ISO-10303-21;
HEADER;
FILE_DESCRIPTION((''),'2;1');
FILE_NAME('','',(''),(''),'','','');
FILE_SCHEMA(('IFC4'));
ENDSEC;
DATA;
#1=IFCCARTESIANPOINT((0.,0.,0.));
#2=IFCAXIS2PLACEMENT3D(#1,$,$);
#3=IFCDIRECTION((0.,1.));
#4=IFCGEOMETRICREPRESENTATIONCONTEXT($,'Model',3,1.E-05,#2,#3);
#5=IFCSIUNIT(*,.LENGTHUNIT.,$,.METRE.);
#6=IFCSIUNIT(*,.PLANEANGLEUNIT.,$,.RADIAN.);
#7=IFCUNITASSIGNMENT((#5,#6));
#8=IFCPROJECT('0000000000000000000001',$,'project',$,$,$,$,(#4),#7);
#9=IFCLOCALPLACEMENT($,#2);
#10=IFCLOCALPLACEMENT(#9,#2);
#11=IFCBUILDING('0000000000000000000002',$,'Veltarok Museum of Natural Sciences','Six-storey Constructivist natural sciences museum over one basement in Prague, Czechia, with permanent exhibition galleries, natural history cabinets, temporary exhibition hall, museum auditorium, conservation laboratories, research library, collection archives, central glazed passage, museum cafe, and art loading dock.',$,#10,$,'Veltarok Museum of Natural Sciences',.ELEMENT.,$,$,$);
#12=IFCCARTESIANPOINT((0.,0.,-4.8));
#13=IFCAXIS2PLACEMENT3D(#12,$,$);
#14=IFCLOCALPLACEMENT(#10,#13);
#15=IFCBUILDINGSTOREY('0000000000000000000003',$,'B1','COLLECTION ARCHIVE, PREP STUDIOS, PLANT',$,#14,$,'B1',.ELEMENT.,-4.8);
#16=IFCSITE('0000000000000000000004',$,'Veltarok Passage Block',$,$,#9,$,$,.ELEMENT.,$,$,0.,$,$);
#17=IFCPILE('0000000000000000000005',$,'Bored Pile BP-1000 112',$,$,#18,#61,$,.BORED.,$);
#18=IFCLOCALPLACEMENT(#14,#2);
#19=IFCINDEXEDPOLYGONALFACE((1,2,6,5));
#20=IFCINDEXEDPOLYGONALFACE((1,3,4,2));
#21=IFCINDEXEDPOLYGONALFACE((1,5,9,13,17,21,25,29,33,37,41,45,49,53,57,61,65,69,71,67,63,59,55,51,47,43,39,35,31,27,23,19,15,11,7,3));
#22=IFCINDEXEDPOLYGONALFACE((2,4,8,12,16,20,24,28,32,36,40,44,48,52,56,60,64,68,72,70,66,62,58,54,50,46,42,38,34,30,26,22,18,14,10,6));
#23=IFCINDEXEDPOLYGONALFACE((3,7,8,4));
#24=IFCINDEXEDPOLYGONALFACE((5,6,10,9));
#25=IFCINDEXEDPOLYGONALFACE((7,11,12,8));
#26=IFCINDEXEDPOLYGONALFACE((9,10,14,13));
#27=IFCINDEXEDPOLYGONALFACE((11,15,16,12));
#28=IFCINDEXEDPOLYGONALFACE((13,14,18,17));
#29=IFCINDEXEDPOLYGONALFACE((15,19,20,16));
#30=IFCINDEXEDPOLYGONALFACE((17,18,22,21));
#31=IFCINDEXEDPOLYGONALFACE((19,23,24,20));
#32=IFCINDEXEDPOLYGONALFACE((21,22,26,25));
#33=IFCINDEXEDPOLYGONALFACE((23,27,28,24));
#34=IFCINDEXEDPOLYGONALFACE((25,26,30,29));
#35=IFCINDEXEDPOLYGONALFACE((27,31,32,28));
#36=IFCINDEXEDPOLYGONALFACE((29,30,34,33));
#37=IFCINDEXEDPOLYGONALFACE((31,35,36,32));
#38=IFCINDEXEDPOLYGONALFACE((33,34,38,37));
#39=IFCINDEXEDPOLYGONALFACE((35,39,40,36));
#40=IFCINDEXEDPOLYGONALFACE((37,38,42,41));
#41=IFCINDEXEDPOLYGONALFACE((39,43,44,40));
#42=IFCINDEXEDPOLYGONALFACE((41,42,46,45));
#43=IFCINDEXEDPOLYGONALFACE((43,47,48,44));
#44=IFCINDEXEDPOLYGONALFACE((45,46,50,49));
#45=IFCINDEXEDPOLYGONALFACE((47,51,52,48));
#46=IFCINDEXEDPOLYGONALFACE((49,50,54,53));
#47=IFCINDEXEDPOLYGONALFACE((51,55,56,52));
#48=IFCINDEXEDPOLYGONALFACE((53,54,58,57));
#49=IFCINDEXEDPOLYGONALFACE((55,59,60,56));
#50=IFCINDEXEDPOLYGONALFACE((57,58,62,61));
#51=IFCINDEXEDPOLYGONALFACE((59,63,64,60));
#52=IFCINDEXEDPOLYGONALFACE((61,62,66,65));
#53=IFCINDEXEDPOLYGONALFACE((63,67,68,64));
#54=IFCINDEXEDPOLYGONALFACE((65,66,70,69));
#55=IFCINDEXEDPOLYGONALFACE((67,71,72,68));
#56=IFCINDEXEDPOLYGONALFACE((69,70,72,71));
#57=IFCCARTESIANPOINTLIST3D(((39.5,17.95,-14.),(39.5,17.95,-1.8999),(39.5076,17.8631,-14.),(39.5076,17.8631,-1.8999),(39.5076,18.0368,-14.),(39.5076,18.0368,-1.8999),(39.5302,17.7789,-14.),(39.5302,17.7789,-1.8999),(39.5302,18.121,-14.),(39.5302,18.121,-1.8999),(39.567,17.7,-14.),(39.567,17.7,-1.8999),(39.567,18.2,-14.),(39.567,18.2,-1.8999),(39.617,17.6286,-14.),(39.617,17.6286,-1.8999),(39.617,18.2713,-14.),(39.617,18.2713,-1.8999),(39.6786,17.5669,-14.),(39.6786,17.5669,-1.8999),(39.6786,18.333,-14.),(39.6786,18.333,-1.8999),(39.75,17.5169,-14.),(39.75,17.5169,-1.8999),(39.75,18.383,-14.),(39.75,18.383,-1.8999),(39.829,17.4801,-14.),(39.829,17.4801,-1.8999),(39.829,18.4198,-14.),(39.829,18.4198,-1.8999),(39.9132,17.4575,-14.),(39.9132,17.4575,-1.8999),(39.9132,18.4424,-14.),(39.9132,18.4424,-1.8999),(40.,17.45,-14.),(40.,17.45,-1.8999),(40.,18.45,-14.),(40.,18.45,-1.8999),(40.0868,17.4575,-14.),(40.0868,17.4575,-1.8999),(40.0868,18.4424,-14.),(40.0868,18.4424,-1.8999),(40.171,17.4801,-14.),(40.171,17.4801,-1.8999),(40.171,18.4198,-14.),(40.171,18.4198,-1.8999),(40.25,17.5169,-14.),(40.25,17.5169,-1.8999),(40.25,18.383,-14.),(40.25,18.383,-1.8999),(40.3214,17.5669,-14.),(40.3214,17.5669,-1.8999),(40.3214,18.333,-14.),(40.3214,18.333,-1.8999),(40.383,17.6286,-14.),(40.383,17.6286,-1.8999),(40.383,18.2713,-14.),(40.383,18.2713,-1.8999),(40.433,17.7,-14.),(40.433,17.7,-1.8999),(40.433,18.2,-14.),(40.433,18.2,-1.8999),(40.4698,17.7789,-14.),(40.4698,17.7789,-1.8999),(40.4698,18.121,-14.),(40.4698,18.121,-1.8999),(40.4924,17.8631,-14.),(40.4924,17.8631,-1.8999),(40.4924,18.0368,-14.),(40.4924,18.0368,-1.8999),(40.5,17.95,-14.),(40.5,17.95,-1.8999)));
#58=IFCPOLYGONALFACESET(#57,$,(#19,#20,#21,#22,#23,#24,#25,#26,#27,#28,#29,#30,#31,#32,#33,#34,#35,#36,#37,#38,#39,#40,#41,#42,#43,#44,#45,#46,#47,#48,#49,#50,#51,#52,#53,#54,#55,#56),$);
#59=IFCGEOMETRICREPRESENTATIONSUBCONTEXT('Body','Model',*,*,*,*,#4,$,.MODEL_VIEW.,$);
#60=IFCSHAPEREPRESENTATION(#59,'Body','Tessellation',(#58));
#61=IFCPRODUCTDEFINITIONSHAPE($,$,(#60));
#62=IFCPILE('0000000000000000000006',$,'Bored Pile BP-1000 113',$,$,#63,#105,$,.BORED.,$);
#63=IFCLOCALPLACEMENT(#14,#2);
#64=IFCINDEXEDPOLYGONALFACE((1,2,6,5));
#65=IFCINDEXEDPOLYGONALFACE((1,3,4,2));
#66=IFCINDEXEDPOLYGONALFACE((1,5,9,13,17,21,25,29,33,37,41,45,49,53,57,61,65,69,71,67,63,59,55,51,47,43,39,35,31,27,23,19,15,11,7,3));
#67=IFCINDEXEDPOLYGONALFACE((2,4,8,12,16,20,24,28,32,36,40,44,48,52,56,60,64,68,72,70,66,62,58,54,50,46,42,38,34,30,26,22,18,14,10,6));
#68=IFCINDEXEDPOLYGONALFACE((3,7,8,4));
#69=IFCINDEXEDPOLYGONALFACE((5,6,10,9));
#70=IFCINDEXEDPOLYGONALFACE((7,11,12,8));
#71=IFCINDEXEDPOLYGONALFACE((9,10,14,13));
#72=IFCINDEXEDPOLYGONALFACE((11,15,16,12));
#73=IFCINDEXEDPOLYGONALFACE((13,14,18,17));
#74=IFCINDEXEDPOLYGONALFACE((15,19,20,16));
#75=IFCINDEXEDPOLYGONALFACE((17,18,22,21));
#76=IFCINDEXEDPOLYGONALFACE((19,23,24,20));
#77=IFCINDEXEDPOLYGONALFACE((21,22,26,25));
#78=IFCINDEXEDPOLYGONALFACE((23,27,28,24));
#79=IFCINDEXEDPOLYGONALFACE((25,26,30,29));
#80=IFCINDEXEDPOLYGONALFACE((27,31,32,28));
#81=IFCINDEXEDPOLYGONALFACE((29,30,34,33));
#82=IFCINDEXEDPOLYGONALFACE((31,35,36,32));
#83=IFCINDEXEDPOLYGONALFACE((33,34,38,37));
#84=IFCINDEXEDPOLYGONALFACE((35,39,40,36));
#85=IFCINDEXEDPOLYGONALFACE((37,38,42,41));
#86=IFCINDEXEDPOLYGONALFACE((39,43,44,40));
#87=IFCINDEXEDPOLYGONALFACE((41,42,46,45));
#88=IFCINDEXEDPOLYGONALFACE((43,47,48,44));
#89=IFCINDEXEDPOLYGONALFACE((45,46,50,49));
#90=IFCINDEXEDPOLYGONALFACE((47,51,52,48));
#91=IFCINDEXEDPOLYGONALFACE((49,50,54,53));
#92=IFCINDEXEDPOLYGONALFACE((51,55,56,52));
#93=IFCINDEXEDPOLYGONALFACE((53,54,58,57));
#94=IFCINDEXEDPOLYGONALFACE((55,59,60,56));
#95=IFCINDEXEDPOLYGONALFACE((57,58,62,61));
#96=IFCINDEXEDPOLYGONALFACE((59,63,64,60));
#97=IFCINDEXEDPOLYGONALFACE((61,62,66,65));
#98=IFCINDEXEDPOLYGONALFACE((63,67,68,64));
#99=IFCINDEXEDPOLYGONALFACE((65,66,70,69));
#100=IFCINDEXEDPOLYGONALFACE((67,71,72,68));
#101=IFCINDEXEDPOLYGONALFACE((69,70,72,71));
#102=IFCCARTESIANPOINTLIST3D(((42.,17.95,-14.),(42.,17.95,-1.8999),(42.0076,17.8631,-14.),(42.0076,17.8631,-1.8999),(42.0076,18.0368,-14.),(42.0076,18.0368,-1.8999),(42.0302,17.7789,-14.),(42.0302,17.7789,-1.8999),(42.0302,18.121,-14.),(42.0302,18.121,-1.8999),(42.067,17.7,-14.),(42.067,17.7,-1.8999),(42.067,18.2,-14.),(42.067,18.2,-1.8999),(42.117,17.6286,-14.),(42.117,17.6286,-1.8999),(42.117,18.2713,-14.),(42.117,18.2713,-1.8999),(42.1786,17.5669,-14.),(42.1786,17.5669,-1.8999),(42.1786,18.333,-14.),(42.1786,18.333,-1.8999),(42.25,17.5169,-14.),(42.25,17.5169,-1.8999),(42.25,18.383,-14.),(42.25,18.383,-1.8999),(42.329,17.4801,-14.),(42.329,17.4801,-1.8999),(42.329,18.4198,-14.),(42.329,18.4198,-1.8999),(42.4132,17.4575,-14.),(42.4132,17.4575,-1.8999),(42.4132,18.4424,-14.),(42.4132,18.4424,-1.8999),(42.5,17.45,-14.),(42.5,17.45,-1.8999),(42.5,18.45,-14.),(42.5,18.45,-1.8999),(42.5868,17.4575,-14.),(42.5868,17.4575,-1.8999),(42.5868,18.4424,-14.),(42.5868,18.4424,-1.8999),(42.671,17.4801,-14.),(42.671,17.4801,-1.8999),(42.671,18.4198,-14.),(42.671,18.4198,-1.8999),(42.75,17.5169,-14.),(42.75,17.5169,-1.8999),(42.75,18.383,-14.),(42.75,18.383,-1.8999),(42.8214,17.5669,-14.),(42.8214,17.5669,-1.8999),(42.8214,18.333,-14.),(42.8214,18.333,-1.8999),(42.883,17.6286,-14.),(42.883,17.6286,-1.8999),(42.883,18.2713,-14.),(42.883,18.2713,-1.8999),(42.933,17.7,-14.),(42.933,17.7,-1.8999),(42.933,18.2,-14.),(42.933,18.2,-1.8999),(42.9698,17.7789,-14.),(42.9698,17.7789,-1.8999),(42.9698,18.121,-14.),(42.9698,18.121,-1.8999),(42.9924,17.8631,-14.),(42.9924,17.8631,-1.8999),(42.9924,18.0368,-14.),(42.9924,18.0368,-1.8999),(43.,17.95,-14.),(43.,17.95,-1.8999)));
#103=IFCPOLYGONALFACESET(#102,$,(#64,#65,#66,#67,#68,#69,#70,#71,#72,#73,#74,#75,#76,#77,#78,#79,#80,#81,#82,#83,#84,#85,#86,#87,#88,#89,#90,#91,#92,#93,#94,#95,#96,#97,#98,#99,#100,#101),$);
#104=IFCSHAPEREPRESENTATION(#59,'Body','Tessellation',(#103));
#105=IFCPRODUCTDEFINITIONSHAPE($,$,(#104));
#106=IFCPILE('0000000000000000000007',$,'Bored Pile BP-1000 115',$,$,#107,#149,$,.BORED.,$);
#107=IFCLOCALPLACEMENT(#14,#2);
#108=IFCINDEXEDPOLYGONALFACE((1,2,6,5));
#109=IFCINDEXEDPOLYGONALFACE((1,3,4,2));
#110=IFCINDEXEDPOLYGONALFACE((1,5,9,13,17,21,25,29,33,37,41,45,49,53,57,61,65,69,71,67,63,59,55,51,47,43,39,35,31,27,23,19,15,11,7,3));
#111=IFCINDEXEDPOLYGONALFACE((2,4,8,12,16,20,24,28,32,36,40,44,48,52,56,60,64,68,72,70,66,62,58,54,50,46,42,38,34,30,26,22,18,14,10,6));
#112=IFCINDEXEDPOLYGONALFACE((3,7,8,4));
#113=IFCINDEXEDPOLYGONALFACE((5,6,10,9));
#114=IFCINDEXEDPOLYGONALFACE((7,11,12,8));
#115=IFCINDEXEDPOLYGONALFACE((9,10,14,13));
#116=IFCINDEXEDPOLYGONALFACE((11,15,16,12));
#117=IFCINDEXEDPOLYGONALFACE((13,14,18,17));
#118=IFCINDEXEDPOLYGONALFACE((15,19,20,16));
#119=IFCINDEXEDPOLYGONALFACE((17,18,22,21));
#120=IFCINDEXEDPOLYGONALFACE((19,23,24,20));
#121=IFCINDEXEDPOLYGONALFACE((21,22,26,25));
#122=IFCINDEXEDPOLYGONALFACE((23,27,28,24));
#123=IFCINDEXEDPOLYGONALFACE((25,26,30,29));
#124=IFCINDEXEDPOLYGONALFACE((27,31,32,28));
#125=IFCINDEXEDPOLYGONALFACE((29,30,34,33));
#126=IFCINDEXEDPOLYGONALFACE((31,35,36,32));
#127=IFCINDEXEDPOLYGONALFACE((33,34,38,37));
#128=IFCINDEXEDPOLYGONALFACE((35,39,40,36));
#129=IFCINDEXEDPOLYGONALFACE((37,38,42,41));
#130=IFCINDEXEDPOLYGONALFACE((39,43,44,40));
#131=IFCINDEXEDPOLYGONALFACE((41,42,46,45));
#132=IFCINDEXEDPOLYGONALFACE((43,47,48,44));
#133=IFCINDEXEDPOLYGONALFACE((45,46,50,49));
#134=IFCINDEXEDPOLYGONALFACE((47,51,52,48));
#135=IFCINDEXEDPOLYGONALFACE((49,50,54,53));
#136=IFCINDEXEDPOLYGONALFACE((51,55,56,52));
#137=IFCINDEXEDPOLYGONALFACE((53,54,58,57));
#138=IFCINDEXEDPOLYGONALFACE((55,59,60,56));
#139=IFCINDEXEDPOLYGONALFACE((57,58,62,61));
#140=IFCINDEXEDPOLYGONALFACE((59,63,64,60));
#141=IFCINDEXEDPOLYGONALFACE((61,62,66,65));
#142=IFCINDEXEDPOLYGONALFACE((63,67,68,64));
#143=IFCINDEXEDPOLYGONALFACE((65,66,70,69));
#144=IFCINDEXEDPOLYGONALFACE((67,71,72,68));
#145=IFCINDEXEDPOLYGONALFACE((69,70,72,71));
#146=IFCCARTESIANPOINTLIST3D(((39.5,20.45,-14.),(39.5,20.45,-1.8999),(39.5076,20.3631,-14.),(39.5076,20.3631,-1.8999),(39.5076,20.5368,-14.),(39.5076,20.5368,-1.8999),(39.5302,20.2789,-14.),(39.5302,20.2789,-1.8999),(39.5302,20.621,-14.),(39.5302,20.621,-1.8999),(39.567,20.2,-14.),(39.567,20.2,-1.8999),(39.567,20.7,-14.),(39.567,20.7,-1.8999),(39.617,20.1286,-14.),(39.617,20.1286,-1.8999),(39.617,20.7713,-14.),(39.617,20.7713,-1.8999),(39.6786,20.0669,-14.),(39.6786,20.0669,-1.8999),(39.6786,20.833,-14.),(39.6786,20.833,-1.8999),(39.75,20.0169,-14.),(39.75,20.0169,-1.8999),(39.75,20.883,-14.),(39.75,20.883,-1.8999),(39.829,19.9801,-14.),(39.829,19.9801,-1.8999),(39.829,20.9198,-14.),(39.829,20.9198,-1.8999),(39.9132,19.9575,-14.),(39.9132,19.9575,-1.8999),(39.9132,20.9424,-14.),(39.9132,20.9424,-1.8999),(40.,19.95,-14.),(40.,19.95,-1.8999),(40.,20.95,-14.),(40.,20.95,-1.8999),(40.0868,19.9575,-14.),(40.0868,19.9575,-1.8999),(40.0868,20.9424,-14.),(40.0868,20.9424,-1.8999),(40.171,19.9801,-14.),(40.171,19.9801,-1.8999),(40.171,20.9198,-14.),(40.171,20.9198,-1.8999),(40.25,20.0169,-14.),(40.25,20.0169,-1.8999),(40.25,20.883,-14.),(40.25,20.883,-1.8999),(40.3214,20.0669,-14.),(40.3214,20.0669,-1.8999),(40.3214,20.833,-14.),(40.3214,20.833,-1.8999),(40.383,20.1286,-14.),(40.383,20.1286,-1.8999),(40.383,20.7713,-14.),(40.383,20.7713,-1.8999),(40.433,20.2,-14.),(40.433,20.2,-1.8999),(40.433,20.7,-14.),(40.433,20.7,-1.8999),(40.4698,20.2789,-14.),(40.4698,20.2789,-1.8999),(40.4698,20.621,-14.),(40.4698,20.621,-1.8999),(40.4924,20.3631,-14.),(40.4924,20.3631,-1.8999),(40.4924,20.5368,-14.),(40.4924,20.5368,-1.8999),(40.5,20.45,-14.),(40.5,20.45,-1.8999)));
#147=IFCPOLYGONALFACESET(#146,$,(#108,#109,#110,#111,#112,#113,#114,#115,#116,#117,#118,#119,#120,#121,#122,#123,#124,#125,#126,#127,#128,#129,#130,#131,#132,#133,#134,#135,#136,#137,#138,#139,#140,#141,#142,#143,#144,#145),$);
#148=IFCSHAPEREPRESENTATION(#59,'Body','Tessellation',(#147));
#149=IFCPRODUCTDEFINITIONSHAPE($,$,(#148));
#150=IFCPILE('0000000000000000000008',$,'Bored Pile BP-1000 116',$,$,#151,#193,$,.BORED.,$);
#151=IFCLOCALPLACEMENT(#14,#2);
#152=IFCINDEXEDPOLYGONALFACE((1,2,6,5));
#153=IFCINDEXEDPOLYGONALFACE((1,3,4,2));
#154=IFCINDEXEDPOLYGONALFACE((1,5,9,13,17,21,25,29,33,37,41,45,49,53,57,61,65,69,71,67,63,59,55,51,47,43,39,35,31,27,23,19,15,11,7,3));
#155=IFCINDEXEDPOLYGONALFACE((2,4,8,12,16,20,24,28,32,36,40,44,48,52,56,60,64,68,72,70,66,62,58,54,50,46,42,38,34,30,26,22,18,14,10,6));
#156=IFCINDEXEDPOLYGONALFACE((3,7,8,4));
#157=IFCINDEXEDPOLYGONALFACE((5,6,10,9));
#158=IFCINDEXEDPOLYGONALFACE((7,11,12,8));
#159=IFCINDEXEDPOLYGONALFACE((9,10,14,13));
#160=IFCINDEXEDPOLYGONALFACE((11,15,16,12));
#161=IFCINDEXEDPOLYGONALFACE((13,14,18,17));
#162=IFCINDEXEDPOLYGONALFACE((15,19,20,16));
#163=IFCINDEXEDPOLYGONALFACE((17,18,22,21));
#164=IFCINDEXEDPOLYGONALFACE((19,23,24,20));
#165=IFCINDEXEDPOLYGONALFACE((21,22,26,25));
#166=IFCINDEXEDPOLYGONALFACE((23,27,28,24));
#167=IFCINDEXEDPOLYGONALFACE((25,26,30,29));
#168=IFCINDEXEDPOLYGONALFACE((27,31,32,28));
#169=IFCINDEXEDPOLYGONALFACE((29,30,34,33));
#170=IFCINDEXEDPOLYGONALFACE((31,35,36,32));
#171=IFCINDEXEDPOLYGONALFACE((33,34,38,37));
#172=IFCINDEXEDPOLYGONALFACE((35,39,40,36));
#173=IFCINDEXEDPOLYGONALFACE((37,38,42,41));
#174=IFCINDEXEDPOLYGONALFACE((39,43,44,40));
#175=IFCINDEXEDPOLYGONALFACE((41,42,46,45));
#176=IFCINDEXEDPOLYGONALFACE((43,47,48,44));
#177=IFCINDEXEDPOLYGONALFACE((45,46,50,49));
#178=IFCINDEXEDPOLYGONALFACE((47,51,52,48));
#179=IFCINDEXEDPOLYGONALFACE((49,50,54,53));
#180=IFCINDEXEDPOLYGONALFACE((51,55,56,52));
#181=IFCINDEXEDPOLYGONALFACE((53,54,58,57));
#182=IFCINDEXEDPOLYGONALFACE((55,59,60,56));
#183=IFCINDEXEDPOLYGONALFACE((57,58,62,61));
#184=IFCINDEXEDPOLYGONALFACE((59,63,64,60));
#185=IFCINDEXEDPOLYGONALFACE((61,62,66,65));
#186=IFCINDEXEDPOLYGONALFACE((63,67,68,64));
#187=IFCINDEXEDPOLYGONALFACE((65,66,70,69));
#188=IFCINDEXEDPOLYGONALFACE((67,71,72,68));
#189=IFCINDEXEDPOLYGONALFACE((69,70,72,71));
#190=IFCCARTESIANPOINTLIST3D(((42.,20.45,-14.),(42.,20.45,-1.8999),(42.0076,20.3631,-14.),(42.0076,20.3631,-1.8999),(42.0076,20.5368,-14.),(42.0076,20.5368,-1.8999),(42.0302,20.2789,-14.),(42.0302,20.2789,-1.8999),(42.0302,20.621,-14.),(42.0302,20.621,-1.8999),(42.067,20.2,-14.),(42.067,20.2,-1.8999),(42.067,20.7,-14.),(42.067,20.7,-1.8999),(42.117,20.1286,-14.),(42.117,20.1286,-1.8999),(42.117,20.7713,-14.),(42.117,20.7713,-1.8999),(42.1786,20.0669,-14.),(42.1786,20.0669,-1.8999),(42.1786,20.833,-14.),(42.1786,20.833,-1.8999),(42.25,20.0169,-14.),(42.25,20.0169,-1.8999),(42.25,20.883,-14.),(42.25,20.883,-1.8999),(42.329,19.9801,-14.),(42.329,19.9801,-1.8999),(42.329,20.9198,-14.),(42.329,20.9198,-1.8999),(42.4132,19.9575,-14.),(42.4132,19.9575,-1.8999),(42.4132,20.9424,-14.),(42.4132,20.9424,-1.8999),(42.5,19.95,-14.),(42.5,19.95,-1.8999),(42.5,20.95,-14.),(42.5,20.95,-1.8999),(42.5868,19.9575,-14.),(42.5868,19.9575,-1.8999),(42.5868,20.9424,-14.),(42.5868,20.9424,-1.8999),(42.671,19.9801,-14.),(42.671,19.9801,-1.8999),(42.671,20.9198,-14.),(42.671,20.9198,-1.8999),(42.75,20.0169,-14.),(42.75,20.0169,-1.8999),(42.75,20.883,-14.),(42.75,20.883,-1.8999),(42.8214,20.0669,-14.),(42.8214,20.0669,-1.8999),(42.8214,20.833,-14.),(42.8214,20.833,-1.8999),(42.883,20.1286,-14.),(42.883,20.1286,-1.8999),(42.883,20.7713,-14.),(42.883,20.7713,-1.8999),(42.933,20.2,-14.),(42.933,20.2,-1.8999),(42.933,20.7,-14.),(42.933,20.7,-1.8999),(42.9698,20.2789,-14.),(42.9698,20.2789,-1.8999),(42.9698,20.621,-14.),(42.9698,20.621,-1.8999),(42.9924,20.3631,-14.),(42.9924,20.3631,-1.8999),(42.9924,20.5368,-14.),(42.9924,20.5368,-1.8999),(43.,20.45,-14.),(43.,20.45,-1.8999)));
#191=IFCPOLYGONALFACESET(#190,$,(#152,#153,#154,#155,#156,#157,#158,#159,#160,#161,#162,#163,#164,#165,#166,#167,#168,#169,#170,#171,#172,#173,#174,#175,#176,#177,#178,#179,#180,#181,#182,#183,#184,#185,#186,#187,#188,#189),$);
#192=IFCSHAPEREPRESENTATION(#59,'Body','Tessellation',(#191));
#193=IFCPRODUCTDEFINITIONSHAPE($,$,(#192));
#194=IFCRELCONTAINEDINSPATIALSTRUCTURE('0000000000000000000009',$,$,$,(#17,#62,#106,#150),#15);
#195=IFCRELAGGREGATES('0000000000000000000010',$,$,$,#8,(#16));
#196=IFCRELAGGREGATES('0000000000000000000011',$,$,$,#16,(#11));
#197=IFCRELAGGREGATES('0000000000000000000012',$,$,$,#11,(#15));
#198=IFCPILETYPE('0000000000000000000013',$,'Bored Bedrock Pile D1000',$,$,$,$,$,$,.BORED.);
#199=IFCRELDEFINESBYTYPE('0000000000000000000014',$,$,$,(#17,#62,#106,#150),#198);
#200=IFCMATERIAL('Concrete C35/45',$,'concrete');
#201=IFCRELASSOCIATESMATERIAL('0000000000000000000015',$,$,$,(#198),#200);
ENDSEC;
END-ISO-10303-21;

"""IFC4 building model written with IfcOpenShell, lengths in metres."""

from ifc_helpers import new_model, si_unit, direction, frame, origin, origin_2d, place, context, subcontext, project, spatial, circle, extrude, material, material_profile, profile_set, type_object, element, save


model = new_model("IFC4")

# Units and contexts
model_context = context("Model", 3, precision=1e-05, world=origin(), true_north=direction((0.0, 1.0)))
body_context = subcontext(model_context, "Body", "Model", "MODEL_VIEW")
ifc_project = project(units=[si_unit("LENGTHUNIT", "METRE"), si_unit("PLANEANGLEUNIT", "RADIAN")], contexts=[model_context])

# Site, building, storey
site_placement = place(None, origin())
site = spatial("IfcSite", under=ifc_project, at=site_placement, Name="Veltarok Passage Block", CompositionType="ELEMENT", RefElevation=0.0)
building_placement = place(site_placement, origin())
building = spatial("IfcBuilding", under=site, at=building_placement, Name="Veltarok Museum of Natural Sciences", Description="Six-storey Constructivist natural sciences museum over one basement in Prague, Czechia, with permanent exhibition galleries, natural history cabinets, temporary exhibition hall, museum auditorium, conservation laboratories, research library, collection archives, central glazed passage, museum cafe, and art loading dock.", LongName="Veltarok Museum of Natural Sciences", CompositionType="ELEMENT")
storey_placement = place(building_placement, frame((0.0, 0.0, -4.8)))
storey = spatial("IfcBuildingStorey", under=building, at=storey_placement, Name="B1", Description="COLLECTION ARCHIVE, PREP STUDIOS, PLANT", LongName="B1", CompositionType="ELEMENT", Elevation=-4.8)

# Piles
ifc_material_1 = material(Name="Concrete C35/45", Category="concrete")
ifc_material_profile_1 = material_profile(ifc_material_1, circle(Radius=0.5, at=origin_2d()), Name="BP D1000")
ifc_profile_set_1 = profile_set([ifc_material_profile_1], Name="Concrete C35/45")
pile_type = type_object("IfcPileType", Name="Bored Bedrock Pile D1000", PredefinedType="BORED", material=ifc_profile_set_1)
for number, where, z_axis, x_axis, name in (
    (1, (40.0, 17.95, -1.8999), (0.0, 0.0, -1.0), (1.0, 0.0, 0.0), "Bored Pile BP-1000 112"),
    (2, (42.5, 17.95, -1.8999), (0.0, 0.0, -1.0), (1.0, 0.0, 0.0), "Bored Pile BP-1000 113"),
    (3, (40.0, 20.45, -1.8999), (0.0, 0.0, -1.0), (1.0, 0.0, 0.0), "Bored Pile BP-1000 115"),
    (4, (42.5, 20.45, -1.8999), (0.0, 0.0, -1.0), (1.0, 0.0, 0.0), "Bored Pile BP-1000 116"),
):
    element("IfcPile", number, at=place(storey_placement, frame(where, z_axis=z_axis, x_axis=x_axis)), inside=storey, type_object=pile_type, Name=name, PredefinedType="BORED", context=body_context, shape_type="SweptSolid", body=[
        extrude(circle(Radius=0.5, at=origin_2d()), origin(), (0.0, 0.0, 1.0), 12.1001),
    ])

save(model, "model.ifc")
